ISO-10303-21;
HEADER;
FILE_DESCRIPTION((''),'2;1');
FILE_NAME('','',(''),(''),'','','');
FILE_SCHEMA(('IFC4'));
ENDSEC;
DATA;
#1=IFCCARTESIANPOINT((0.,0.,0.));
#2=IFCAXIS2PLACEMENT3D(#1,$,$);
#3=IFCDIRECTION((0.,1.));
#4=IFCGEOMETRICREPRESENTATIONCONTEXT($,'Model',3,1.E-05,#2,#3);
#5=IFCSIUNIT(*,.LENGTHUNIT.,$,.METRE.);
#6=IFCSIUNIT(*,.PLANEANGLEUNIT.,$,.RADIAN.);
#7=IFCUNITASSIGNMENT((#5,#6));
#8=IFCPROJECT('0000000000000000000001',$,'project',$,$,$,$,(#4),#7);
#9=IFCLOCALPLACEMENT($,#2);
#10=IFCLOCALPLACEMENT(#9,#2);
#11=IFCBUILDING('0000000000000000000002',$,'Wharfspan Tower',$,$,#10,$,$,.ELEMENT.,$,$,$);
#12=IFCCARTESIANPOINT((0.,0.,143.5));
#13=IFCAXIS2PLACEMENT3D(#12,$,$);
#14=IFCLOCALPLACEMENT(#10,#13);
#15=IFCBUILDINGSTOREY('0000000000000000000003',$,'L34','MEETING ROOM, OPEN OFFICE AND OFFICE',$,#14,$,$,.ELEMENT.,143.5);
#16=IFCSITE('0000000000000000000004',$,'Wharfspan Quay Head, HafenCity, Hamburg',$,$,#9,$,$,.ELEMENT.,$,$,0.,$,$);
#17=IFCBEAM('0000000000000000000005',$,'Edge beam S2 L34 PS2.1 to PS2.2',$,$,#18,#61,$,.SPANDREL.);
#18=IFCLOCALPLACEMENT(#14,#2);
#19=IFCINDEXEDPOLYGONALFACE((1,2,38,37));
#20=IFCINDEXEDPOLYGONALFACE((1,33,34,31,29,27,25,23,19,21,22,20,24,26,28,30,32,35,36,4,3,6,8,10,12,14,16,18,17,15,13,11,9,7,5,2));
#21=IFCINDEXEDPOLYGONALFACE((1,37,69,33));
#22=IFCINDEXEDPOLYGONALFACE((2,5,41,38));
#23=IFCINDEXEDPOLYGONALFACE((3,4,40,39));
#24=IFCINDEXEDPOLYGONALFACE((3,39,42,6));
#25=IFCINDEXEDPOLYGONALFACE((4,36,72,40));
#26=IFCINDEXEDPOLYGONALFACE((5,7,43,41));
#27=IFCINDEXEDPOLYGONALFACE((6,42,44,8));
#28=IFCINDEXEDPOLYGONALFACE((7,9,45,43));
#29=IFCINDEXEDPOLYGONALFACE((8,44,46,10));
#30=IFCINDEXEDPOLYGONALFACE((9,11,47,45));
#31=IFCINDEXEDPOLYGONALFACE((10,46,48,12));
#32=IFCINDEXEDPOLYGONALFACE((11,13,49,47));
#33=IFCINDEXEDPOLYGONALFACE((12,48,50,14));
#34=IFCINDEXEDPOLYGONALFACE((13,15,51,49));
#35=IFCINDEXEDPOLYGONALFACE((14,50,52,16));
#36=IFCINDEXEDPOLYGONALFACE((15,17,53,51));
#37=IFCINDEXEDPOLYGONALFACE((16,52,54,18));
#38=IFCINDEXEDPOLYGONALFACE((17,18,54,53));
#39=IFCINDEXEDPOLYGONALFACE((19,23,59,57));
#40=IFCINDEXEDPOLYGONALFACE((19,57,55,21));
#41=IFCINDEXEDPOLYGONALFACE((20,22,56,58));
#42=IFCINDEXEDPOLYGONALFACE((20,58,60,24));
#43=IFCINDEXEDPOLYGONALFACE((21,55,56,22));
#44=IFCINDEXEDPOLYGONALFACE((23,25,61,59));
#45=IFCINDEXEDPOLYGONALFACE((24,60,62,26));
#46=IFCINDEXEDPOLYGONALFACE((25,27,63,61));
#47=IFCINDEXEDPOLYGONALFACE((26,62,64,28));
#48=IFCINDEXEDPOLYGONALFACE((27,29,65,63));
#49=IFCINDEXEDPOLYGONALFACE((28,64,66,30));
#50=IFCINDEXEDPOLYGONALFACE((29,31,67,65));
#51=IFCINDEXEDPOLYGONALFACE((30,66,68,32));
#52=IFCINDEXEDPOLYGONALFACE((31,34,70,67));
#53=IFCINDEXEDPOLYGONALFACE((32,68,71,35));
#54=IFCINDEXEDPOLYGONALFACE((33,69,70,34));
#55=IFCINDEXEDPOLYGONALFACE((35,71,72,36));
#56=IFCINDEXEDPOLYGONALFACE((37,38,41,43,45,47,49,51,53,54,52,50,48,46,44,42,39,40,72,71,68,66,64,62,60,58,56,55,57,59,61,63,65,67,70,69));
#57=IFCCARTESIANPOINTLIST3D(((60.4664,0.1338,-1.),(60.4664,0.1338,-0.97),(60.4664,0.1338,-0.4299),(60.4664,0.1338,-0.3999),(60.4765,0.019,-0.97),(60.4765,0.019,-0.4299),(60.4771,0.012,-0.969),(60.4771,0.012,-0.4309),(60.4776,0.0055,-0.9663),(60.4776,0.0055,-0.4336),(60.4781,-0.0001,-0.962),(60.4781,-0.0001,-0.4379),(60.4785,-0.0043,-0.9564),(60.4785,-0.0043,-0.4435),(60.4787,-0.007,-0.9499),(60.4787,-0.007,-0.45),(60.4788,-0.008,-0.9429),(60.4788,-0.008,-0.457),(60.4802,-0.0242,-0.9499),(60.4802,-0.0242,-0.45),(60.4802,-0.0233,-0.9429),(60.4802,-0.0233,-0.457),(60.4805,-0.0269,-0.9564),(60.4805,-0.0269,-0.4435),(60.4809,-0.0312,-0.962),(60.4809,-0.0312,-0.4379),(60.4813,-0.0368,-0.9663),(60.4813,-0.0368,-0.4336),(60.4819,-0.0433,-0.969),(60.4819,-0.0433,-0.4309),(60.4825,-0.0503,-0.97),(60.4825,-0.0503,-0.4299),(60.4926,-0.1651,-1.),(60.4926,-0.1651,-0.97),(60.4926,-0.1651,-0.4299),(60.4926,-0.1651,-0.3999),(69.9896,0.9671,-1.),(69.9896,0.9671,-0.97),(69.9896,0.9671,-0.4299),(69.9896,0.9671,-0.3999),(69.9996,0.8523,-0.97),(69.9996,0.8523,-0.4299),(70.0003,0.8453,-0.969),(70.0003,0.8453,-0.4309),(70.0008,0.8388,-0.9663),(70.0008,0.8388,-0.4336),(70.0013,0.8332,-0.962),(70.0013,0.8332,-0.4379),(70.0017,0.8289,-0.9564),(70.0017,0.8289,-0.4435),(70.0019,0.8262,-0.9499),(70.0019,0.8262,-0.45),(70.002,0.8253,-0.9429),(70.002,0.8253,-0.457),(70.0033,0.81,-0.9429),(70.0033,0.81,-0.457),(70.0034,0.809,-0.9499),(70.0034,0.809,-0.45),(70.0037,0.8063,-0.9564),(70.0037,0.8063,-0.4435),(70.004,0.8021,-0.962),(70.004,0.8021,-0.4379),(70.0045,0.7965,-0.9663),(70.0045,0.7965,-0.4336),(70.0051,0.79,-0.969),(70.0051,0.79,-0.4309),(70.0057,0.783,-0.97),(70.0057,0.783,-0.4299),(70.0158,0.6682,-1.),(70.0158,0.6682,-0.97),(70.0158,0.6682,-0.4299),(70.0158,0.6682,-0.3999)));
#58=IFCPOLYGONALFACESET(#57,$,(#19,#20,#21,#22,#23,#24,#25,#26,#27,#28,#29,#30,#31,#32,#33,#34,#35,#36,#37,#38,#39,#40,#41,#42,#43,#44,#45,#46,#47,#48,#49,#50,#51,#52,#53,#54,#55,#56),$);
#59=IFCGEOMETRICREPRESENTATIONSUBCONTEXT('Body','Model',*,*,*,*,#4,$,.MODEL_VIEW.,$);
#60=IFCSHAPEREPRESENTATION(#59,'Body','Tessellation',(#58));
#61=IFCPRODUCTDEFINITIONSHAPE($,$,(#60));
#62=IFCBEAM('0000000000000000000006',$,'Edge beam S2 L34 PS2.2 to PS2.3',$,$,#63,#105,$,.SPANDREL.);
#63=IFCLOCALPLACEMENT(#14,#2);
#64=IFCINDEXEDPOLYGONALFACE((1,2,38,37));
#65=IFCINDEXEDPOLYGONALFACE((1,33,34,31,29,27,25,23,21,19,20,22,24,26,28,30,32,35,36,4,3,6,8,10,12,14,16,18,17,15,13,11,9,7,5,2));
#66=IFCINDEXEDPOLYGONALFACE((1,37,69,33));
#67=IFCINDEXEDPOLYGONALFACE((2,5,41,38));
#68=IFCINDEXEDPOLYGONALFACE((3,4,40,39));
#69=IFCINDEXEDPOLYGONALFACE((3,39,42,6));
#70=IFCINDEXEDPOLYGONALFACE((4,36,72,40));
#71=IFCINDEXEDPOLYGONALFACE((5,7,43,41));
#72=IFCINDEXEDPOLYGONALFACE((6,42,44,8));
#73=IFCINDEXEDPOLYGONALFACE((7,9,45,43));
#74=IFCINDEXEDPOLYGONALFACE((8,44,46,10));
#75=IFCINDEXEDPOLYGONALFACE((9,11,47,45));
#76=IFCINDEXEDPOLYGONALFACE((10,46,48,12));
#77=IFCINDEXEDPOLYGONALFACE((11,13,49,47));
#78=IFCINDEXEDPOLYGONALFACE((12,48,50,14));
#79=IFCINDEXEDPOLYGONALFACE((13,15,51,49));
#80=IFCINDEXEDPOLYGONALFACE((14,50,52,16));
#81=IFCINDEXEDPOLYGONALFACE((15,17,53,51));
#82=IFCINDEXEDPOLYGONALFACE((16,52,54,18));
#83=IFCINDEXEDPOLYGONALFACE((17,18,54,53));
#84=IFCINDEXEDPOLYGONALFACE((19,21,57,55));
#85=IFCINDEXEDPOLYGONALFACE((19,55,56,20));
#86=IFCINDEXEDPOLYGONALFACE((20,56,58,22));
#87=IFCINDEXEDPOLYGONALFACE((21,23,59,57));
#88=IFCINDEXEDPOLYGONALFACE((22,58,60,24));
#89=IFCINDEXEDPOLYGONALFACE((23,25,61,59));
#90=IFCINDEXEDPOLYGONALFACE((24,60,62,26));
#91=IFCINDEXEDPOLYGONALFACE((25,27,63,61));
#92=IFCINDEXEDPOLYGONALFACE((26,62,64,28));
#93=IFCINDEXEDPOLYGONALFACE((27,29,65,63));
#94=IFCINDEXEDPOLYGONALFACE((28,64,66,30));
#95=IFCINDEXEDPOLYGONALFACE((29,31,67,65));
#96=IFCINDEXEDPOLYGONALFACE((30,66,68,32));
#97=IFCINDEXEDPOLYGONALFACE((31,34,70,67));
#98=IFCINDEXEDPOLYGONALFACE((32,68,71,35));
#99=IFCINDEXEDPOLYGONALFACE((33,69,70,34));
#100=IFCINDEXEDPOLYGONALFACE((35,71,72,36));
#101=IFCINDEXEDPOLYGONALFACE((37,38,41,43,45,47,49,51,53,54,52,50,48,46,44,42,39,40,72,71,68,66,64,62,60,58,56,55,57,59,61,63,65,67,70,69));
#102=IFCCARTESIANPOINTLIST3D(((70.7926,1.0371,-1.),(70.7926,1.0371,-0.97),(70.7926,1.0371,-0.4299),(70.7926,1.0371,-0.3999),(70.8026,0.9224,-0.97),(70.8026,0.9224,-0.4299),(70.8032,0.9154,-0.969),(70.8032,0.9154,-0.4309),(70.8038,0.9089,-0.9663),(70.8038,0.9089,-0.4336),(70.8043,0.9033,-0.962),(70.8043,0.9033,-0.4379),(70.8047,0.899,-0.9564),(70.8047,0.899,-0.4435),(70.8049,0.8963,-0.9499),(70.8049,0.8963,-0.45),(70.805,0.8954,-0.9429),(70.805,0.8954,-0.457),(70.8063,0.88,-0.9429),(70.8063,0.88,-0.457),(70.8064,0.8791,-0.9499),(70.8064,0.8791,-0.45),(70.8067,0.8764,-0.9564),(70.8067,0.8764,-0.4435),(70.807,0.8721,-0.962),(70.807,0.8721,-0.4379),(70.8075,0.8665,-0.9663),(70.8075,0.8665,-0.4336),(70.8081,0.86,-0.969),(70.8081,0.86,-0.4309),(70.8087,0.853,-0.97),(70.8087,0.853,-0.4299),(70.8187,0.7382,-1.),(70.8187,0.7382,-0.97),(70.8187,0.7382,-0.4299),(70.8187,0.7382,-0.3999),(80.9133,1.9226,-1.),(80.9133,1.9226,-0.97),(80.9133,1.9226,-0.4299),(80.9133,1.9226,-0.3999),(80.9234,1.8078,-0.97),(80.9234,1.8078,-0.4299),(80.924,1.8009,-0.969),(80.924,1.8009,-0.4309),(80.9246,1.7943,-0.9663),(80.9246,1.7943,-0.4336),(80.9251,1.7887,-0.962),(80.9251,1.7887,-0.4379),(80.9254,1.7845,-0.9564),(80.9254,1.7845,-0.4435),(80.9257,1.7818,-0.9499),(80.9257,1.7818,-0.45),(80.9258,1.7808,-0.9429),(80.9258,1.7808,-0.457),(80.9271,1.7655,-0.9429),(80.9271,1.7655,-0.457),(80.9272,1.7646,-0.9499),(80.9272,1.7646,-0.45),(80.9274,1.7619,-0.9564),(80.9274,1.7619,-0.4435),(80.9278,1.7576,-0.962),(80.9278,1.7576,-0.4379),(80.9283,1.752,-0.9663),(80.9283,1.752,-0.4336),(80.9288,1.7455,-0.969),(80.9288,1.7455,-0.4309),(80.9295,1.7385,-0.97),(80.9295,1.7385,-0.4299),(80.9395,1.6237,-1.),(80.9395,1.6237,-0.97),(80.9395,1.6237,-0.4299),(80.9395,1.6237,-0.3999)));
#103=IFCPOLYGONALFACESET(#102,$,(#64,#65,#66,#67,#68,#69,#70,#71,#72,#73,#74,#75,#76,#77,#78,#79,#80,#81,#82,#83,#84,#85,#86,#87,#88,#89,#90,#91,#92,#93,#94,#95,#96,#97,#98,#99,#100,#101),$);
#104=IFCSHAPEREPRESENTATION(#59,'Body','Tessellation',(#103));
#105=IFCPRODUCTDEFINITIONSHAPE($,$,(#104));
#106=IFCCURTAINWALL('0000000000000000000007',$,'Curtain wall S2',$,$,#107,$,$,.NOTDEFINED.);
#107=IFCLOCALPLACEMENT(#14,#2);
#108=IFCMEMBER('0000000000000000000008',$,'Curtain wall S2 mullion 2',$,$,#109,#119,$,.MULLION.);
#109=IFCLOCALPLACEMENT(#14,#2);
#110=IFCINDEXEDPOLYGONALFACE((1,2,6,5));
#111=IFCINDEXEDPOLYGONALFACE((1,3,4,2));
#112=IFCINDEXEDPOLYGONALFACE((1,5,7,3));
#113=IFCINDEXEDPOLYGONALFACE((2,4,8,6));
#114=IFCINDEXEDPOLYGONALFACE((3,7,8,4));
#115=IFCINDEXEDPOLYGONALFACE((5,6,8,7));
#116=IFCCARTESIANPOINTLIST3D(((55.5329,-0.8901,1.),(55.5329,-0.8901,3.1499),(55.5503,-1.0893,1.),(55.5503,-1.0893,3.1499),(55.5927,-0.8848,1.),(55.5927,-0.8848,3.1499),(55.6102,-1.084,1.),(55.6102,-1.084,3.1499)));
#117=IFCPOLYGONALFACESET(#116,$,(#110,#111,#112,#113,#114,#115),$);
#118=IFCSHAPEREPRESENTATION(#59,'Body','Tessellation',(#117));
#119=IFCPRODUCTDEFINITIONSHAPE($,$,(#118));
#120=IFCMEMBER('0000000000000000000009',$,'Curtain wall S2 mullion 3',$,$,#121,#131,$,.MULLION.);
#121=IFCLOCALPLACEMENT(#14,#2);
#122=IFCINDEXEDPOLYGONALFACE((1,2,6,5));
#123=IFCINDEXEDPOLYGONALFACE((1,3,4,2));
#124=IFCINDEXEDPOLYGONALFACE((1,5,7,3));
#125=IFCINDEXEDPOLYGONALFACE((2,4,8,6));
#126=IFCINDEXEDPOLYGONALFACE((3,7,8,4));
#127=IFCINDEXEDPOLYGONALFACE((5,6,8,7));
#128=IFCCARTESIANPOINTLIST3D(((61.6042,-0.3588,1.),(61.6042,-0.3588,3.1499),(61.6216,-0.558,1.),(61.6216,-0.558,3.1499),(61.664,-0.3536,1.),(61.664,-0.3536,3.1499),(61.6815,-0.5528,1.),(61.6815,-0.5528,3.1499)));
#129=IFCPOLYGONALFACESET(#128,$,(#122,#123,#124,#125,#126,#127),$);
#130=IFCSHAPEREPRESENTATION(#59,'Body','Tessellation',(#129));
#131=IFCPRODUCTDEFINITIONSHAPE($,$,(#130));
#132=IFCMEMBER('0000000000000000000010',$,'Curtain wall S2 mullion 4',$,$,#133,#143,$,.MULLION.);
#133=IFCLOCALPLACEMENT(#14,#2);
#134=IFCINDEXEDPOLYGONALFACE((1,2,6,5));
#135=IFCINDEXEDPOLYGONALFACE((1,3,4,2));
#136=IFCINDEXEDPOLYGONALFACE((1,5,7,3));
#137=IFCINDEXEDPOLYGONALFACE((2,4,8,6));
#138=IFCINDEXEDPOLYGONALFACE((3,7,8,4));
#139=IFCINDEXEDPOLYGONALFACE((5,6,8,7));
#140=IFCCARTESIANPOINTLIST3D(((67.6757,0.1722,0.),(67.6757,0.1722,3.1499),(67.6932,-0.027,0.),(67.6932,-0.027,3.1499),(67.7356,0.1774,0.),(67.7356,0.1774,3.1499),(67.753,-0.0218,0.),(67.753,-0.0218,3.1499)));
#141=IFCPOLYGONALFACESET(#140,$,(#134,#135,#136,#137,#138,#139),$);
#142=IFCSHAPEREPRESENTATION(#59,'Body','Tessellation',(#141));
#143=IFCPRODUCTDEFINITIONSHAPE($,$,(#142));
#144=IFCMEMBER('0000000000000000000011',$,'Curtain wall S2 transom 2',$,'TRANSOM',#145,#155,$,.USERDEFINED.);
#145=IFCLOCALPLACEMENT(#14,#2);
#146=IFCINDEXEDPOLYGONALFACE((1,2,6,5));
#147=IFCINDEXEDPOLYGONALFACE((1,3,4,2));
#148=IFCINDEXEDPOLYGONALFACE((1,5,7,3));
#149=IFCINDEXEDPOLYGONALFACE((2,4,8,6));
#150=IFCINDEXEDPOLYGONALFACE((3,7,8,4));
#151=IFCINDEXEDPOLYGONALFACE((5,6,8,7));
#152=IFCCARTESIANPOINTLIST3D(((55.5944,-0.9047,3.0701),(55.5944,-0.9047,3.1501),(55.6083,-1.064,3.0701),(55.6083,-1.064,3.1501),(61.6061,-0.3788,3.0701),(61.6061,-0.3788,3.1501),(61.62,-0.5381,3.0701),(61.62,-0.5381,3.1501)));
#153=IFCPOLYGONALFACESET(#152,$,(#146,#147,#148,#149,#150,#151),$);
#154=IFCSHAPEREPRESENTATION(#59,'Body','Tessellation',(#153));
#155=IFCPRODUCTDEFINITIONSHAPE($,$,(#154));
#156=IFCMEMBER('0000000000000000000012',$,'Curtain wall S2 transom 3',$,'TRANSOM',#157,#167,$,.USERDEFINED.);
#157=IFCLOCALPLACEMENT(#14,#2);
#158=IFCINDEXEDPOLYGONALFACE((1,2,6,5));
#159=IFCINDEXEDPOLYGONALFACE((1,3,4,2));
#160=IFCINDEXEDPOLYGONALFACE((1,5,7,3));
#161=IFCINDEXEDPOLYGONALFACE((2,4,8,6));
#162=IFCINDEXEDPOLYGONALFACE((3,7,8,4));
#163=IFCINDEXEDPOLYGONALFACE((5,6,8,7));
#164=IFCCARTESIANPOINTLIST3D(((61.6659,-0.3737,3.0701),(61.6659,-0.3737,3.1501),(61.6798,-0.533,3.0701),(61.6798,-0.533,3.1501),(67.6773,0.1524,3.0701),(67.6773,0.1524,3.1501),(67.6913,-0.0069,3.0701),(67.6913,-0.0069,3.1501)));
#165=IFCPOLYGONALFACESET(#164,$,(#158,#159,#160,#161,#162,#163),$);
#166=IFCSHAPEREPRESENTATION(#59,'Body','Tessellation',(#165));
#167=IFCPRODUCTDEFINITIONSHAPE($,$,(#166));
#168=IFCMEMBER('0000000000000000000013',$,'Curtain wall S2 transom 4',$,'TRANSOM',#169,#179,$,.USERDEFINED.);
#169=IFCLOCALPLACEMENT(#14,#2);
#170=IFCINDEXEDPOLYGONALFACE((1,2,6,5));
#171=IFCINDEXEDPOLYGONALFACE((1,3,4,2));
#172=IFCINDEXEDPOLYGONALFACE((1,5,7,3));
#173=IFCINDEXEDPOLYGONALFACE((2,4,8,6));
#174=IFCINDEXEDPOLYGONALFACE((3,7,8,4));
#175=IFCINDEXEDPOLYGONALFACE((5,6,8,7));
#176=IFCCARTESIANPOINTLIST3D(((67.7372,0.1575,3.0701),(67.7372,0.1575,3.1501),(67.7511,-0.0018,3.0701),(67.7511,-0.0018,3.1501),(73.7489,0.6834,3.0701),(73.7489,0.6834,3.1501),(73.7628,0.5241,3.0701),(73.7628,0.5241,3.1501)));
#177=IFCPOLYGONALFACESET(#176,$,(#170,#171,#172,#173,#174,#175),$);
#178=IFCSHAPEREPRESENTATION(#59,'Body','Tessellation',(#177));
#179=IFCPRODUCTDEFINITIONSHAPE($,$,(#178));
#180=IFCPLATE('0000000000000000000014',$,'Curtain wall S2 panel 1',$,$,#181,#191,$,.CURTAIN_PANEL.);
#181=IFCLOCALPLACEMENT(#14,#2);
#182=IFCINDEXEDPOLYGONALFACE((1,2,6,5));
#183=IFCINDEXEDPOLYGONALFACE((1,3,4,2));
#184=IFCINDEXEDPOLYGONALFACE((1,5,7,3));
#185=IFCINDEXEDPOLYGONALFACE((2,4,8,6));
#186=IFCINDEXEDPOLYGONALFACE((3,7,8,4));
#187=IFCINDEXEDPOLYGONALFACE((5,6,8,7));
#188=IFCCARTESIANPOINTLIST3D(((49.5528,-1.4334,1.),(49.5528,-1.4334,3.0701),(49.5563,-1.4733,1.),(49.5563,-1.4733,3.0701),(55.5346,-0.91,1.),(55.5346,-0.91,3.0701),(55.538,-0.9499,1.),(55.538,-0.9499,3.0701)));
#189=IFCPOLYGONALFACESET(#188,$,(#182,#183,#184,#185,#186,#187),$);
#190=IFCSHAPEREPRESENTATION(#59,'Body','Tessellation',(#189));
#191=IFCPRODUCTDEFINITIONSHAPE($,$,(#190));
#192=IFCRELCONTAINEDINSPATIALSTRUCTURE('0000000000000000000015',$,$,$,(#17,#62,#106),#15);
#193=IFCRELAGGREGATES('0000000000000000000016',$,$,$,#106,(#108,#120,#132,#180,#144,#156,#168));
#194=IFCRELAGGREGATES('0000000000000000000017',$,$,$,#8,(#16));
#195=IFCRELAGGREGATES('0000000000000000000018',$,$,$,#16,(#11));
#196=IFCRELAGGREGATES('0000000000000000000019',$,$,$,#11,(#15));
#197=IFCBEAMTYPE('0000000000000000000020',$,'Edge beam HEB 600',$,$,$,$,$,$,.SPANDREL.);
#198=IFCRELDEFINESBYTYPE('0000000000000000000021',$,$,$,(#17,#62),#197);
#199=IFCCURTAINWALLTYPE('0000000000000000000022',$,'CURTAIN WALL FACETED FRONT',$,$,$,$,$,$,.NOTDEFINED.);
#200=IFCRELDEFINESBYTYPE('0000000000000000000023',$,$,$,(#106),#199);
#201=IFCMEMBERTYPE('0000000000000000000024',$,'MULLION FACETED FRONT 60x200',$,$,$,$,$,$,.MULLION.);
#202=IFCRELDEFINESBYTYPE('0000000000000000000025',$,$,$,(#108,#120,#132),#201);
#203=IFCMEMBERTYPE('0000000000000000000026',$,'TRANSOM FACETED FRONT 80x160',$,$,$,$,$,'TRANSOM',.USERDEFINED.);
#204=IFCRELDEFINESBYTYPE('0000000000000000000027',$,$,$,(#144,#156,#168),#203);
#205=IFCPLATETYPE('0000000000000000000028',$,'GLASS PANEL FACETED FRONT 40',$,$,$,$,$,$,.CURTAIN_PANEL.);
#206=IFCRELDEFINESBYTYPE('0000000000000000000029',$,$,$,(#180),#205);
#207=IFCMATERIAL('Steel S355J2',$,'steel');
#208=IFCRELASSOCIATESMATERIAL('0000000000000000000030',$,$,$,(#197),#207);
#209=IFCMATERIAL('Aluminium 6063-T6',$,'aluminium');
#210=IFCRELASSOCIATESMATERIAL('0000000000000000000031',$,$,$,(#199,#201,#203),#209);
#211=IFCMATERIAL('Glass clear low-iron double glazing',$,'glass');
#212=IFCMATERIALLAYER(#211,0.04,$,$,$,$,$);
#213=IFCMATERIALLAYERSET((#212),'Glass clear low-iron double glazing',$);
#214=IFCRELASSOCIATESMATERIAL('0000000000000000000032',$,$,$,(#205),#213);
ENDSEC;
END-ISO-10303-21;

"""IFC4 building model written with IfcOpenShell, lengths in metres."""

from ifc_helpers import new_model, si_unit, direction, frame, origin, origin_2d, place, context, subcontext, project, spatial, rectangle, i_section, extrude, material, layer, layer_set, material_profile, profile_set, type_object, element, aggregate, save


model = new_model("IFC4")

# Units and contexts
model_context = context("Model", 3, precision=1e-05, world=origin(), true_north=direction((0.0, 1.0)))
body_context = subcontext(model_context, "Body", "Model", "MODEL_VIEW")
ifc_project = project(units=[si_unit("LENGTHUNIT", "METRE"), si_unit("PLANEANGLEUNIT", "RADIAN")], contexts=[model_context])

# Site, building, storey
site_placement = place(None, origin())
site = spatial("IfcSite", under=ifc_project, at=site_placement, Name="Wharfspan Quay Head, HafenCity, Hamburg", CompositionType="ELEMENT", RefElevation=0.0)
building_placement = place(site_placement, origin())
building = spatial("IfcBuilding", under=site, at=building_placement, Name="Wharfspan Tower", CompositionType="ELEMENT")
storey_placement = place(building_placement, frame((0.0, 0.0, 143.5)))
storey = spatial("IfcBuildingStorey", under=building, at=storey_placement, Name="L34", Description="MEETING ROOM, OPEN OFFICE AND OFFICE", CompositionType="ELEMENT", Elevation=143.5)

# Shared definitions
ifc_material_1 = material(Name="Steel S355J2", Category="steel")

# Beams
ifc_material_profile_1 = material_profile(ifc_material_1, i_section(OverallWidth=0.3, OverallDepth=0.6001, WebThickness=0.0154, FlangeThickness=0.03, FilletRadius=0.0271, at=origin_2d()))
ifc_profile_set_1 = profile_set([ifc_material_profile_1], Name="Steel S355J2")
beam_type = type_object("IfcBeamType", Name="Edge beam HEB 600", PredefinedType="SPANDREL", material=ifc_profile_set_1)
beam_1_placement = place(storey_placement, frame((60.4795, -0.0156, -0.7), z_axis=(0.996194, 0.087164, 0.0), x_axis=(-0.087164, 0.996194, 0.0)))
element("IfcBeam", 1, at=beam_1_placement, inside=storey, type_object=beam_type, Name="Edge beam S2 L34 PS2.1 to PS2.2", PredefinedType="SPANDREL", context=body_context, shape_type="SweptSolid", body=[
    extrude(i_section(OverallWidth=0.3, OverallDepth=0.6001, WebThickness=0.0154, FlangeThickness=0.03, FilletRadius=0.0271, at=origin_2d()), origin(), (0.0, 0.0, 1.0), 9.5596),
])
beam_2_placement = place(storey_placement, frame((70.8057, 0.8877, -0.7), z_axis=(0.996194, 0.087159, 0.0), x_axis=(-0.087159, 0.996194, 0.0)))
element("IfcBeam", 2, at=beam_2_placement, inside=storey, type_object=beam_type, Name="Edge beam S2 L34 PS2.2 to PS2.3", PredefinedType="SPANDREL", context=body_context, shape_type="SweptSolid", body=[
    extrude(i_section(OverallWidth=0.3, OverallDepth=0.6001, WebThickness=0.0154, FlangeThickness=0.03, FilletRadius=0.0271, at=origin_2d()), origin(), (0.0, 0.0, 1.0), 10.1594),
])

# Curtain wall, members, plate
ifc_material_2 = material(Name="Aluminium 6063-T6", Category="aluminium")
curtain_wall_type = type_object("IfcCurtainWallType", Name="CURTAIN WALL FACETED FRONT", PredefinedType="NOTDEFINED", material=ifc_material_2)
curtain_wall_placement = place(storey_placement, origin())
curtain_wall = element("IfcCurtainWall", 3, at=curtain_wall_placement, inside=storey, type_object=curtain_wall_type, Name="Curtain wall S2", PredefinedType="NOTDEFINED")
ifc_material_profile_2 = material_profile(ifc_material_2, rectangle(XDim=0.2, YDim=0.0601, at=origin_2d()))
ifc_profile_set_2 = profile_set([ifc_material_profile_2], Name="Aluminium 6063-T6")
member_type_1 = type_object("IfcMemberType", Name="MULLION FACETED FRONT 60x200", PredefinedType="MULLION", material=ifc_profile_set_2)
member_1_placement = place(storey_placement, frame((55.5715, -0.9871, 1.0), z_axis=(0.0, 0.0, 1.0), x_axis=(-0.087156, 0.996198, 0.0)))
member_1 = element("IfcMember", 4, at=member_1_placement, type_object=member_type_1, Name="Curtain wall S2 mullion 2", PredefinedType="MULLION", context=body_context, shape_type="SweptSolid", body=[
    extrude(rectangle(XDim=0.2, YDim=0.0601, at=origin_2d()), origin(), (0.0, 0.0, 1.0), 2.1499),
])
member_2_placement = place(storey_placement, frame((61.6428, -0.4558, 1.0), z_axis=(0.0, 0.0, 1.0), x_axis=(-0.087156, 0.996198, 0.0)))
member_2 = element("IfcMember", 5, at=member_2_placement, type_object=member_type_1, Name="Curtain wall S2 mullion 3", PredefinedType="MULLION", context=body_context, shape_type="SweptSolid", body=[
    extrude(rectangle(XDim=0.2, YDim=0.0601, at=origin_2d()), origin(), (0.0, 0.0, 1.0), 2.1499),
])
member_3_placement = place(storey_placement, frame((67.7144, 0.0752, 0.0), z_axis=(0.0, 0.0, 1.0), x_axis=(-0.087156, 0.996198, 0.0)))
member_3 = element("IfcMember", 6, at=member_3_placement, type_object=member_type_1, Name="Curtain wall S2 mullion 4", PredefinedType="MULLION", context=body_context, shape_type="SweptSolid", body=[
    extrude(rectangle(XDim=0.2, YDim=0.0601, at=origin_2d()), origin(), (0.0, 0.0, 1.0), 3.1499),
])
ifc_material_profile_3 = material_profile(ifc_material_2, rectangle(XDim=0.1599, YDim=0.0801, at=origin_2d()))
ifc_profile_set_3 = profile_set([ifc_material_profile_3], Name="Aluminium 6063-T6")
member_type_2 = type_object("IfcMemberType", Name="TRANSOM FACETED FRONT 80x160", ElementType="TRANSOM", PredefinedType="USERDEFINED", material=ifc_profile_set_3)
member_4_placement = place(storey_placement, frame((55.6013, -0.9844, 3.1101), z_axis=(0.996196, 0.087143, 0.0), x_axis=(-0.087143, 0.996196, 0.0)))
member_4 = element("IfcMember", 7, at=member_4_placement, type_object=member_type_2, Name="Curtain wall S2 transom 2", ObjectType="TRANSOM", PredefinedType="USERDEFINED", context=body_context, shape_type="SweptSolid", body=[
    extrude(rectangle(XDim=0.1599, YDim=0.0801, at=origin_2d()), origin(), (0.0, 0.0, 1.0), 6.0347),
])
member_5_placement = place(storey_placement, frame((61.6729, -0.4534, 3.1101), z_axis=(0.996192, 0.087187, 0.0), x_axis=(-0.087187, 0.996192, 0.0)))
member_5 = element("IfcMember", 8, at=member_5_placement, type_object=member_type_2, Name="Curtain wall S2 transom 3", ObjectType="TRANSOM", PredefinedType="USERDEFINED", context=body_context, shape_type="SweptSolid", body=[
    extrude(rectangle(XDim=0.1599, YDim=0.0801, at=origin_2d()), origin(), (0.0, 0.0, 1.0), 6.0344),
])
member_6_placement = place(storey_placement, frame((67.7441, 0.0779, 3.1101), z_axis=(0.996196, 0.087143, 0.0), x_axis=(-0.087143, 0.996196, 0.0)))
member_6 = element("IfcMember", 9, at=member_6_placement, type_object=member_type_2, Name="Curtain wall S2 transom 4", ObjectType="TRANSOM", PredefinedType="USERDEFINED", context=body_context, shape_type="SweptSolid", body=[
    extrude(rectangle(XDim=0.1599, YDim=0.0801, at=origin_2d()), origin(), (0.0, 0.0, 1.0), 6.0347),
])
ifc_material_3 = material(Name="Glass clear low-iron double glazing", Category="glass")
ifc_layer_1 = layer(ifc_material_3, 0.04)
ifc_layer_set_1 = layer_set([ifc_layer_1], Name="Glass clear low-iron double glazing")
plate_type_1 = type_object("IfcPlateType", Name="GLASS PANEL FACETED FRONT 40", PredefinedType="CURTAIN_PANEL", material=ifc_layer_set_1)
plate_1_placement = place(storey_placement, frame((52.5454, -1.1917, 1.0), z_axis=(0.0, 0.0, 1.0), x_axis=(0.996198, 0.087156, 0.0)))
plate_1 = element("IfcPlate", 10, at=plate_1_placement, type_object=plate_type_1, Name="Curtain wall S2 panel 1", PredefinedType="CURTAIN_PANEL", context=body_context, shape_type="SweptSolid", body=[
    extrude(rectangle(XDim=6.0046, YDim=0.04, at=origin_2d()), origin(), (0.0, 0.0, 1.0), 2.0701),
])
aggregate(curtain_wall, [member_1, member_2, member_3, plate_1, member_4, member_5, member_6])

save(model, "model.ifc")
